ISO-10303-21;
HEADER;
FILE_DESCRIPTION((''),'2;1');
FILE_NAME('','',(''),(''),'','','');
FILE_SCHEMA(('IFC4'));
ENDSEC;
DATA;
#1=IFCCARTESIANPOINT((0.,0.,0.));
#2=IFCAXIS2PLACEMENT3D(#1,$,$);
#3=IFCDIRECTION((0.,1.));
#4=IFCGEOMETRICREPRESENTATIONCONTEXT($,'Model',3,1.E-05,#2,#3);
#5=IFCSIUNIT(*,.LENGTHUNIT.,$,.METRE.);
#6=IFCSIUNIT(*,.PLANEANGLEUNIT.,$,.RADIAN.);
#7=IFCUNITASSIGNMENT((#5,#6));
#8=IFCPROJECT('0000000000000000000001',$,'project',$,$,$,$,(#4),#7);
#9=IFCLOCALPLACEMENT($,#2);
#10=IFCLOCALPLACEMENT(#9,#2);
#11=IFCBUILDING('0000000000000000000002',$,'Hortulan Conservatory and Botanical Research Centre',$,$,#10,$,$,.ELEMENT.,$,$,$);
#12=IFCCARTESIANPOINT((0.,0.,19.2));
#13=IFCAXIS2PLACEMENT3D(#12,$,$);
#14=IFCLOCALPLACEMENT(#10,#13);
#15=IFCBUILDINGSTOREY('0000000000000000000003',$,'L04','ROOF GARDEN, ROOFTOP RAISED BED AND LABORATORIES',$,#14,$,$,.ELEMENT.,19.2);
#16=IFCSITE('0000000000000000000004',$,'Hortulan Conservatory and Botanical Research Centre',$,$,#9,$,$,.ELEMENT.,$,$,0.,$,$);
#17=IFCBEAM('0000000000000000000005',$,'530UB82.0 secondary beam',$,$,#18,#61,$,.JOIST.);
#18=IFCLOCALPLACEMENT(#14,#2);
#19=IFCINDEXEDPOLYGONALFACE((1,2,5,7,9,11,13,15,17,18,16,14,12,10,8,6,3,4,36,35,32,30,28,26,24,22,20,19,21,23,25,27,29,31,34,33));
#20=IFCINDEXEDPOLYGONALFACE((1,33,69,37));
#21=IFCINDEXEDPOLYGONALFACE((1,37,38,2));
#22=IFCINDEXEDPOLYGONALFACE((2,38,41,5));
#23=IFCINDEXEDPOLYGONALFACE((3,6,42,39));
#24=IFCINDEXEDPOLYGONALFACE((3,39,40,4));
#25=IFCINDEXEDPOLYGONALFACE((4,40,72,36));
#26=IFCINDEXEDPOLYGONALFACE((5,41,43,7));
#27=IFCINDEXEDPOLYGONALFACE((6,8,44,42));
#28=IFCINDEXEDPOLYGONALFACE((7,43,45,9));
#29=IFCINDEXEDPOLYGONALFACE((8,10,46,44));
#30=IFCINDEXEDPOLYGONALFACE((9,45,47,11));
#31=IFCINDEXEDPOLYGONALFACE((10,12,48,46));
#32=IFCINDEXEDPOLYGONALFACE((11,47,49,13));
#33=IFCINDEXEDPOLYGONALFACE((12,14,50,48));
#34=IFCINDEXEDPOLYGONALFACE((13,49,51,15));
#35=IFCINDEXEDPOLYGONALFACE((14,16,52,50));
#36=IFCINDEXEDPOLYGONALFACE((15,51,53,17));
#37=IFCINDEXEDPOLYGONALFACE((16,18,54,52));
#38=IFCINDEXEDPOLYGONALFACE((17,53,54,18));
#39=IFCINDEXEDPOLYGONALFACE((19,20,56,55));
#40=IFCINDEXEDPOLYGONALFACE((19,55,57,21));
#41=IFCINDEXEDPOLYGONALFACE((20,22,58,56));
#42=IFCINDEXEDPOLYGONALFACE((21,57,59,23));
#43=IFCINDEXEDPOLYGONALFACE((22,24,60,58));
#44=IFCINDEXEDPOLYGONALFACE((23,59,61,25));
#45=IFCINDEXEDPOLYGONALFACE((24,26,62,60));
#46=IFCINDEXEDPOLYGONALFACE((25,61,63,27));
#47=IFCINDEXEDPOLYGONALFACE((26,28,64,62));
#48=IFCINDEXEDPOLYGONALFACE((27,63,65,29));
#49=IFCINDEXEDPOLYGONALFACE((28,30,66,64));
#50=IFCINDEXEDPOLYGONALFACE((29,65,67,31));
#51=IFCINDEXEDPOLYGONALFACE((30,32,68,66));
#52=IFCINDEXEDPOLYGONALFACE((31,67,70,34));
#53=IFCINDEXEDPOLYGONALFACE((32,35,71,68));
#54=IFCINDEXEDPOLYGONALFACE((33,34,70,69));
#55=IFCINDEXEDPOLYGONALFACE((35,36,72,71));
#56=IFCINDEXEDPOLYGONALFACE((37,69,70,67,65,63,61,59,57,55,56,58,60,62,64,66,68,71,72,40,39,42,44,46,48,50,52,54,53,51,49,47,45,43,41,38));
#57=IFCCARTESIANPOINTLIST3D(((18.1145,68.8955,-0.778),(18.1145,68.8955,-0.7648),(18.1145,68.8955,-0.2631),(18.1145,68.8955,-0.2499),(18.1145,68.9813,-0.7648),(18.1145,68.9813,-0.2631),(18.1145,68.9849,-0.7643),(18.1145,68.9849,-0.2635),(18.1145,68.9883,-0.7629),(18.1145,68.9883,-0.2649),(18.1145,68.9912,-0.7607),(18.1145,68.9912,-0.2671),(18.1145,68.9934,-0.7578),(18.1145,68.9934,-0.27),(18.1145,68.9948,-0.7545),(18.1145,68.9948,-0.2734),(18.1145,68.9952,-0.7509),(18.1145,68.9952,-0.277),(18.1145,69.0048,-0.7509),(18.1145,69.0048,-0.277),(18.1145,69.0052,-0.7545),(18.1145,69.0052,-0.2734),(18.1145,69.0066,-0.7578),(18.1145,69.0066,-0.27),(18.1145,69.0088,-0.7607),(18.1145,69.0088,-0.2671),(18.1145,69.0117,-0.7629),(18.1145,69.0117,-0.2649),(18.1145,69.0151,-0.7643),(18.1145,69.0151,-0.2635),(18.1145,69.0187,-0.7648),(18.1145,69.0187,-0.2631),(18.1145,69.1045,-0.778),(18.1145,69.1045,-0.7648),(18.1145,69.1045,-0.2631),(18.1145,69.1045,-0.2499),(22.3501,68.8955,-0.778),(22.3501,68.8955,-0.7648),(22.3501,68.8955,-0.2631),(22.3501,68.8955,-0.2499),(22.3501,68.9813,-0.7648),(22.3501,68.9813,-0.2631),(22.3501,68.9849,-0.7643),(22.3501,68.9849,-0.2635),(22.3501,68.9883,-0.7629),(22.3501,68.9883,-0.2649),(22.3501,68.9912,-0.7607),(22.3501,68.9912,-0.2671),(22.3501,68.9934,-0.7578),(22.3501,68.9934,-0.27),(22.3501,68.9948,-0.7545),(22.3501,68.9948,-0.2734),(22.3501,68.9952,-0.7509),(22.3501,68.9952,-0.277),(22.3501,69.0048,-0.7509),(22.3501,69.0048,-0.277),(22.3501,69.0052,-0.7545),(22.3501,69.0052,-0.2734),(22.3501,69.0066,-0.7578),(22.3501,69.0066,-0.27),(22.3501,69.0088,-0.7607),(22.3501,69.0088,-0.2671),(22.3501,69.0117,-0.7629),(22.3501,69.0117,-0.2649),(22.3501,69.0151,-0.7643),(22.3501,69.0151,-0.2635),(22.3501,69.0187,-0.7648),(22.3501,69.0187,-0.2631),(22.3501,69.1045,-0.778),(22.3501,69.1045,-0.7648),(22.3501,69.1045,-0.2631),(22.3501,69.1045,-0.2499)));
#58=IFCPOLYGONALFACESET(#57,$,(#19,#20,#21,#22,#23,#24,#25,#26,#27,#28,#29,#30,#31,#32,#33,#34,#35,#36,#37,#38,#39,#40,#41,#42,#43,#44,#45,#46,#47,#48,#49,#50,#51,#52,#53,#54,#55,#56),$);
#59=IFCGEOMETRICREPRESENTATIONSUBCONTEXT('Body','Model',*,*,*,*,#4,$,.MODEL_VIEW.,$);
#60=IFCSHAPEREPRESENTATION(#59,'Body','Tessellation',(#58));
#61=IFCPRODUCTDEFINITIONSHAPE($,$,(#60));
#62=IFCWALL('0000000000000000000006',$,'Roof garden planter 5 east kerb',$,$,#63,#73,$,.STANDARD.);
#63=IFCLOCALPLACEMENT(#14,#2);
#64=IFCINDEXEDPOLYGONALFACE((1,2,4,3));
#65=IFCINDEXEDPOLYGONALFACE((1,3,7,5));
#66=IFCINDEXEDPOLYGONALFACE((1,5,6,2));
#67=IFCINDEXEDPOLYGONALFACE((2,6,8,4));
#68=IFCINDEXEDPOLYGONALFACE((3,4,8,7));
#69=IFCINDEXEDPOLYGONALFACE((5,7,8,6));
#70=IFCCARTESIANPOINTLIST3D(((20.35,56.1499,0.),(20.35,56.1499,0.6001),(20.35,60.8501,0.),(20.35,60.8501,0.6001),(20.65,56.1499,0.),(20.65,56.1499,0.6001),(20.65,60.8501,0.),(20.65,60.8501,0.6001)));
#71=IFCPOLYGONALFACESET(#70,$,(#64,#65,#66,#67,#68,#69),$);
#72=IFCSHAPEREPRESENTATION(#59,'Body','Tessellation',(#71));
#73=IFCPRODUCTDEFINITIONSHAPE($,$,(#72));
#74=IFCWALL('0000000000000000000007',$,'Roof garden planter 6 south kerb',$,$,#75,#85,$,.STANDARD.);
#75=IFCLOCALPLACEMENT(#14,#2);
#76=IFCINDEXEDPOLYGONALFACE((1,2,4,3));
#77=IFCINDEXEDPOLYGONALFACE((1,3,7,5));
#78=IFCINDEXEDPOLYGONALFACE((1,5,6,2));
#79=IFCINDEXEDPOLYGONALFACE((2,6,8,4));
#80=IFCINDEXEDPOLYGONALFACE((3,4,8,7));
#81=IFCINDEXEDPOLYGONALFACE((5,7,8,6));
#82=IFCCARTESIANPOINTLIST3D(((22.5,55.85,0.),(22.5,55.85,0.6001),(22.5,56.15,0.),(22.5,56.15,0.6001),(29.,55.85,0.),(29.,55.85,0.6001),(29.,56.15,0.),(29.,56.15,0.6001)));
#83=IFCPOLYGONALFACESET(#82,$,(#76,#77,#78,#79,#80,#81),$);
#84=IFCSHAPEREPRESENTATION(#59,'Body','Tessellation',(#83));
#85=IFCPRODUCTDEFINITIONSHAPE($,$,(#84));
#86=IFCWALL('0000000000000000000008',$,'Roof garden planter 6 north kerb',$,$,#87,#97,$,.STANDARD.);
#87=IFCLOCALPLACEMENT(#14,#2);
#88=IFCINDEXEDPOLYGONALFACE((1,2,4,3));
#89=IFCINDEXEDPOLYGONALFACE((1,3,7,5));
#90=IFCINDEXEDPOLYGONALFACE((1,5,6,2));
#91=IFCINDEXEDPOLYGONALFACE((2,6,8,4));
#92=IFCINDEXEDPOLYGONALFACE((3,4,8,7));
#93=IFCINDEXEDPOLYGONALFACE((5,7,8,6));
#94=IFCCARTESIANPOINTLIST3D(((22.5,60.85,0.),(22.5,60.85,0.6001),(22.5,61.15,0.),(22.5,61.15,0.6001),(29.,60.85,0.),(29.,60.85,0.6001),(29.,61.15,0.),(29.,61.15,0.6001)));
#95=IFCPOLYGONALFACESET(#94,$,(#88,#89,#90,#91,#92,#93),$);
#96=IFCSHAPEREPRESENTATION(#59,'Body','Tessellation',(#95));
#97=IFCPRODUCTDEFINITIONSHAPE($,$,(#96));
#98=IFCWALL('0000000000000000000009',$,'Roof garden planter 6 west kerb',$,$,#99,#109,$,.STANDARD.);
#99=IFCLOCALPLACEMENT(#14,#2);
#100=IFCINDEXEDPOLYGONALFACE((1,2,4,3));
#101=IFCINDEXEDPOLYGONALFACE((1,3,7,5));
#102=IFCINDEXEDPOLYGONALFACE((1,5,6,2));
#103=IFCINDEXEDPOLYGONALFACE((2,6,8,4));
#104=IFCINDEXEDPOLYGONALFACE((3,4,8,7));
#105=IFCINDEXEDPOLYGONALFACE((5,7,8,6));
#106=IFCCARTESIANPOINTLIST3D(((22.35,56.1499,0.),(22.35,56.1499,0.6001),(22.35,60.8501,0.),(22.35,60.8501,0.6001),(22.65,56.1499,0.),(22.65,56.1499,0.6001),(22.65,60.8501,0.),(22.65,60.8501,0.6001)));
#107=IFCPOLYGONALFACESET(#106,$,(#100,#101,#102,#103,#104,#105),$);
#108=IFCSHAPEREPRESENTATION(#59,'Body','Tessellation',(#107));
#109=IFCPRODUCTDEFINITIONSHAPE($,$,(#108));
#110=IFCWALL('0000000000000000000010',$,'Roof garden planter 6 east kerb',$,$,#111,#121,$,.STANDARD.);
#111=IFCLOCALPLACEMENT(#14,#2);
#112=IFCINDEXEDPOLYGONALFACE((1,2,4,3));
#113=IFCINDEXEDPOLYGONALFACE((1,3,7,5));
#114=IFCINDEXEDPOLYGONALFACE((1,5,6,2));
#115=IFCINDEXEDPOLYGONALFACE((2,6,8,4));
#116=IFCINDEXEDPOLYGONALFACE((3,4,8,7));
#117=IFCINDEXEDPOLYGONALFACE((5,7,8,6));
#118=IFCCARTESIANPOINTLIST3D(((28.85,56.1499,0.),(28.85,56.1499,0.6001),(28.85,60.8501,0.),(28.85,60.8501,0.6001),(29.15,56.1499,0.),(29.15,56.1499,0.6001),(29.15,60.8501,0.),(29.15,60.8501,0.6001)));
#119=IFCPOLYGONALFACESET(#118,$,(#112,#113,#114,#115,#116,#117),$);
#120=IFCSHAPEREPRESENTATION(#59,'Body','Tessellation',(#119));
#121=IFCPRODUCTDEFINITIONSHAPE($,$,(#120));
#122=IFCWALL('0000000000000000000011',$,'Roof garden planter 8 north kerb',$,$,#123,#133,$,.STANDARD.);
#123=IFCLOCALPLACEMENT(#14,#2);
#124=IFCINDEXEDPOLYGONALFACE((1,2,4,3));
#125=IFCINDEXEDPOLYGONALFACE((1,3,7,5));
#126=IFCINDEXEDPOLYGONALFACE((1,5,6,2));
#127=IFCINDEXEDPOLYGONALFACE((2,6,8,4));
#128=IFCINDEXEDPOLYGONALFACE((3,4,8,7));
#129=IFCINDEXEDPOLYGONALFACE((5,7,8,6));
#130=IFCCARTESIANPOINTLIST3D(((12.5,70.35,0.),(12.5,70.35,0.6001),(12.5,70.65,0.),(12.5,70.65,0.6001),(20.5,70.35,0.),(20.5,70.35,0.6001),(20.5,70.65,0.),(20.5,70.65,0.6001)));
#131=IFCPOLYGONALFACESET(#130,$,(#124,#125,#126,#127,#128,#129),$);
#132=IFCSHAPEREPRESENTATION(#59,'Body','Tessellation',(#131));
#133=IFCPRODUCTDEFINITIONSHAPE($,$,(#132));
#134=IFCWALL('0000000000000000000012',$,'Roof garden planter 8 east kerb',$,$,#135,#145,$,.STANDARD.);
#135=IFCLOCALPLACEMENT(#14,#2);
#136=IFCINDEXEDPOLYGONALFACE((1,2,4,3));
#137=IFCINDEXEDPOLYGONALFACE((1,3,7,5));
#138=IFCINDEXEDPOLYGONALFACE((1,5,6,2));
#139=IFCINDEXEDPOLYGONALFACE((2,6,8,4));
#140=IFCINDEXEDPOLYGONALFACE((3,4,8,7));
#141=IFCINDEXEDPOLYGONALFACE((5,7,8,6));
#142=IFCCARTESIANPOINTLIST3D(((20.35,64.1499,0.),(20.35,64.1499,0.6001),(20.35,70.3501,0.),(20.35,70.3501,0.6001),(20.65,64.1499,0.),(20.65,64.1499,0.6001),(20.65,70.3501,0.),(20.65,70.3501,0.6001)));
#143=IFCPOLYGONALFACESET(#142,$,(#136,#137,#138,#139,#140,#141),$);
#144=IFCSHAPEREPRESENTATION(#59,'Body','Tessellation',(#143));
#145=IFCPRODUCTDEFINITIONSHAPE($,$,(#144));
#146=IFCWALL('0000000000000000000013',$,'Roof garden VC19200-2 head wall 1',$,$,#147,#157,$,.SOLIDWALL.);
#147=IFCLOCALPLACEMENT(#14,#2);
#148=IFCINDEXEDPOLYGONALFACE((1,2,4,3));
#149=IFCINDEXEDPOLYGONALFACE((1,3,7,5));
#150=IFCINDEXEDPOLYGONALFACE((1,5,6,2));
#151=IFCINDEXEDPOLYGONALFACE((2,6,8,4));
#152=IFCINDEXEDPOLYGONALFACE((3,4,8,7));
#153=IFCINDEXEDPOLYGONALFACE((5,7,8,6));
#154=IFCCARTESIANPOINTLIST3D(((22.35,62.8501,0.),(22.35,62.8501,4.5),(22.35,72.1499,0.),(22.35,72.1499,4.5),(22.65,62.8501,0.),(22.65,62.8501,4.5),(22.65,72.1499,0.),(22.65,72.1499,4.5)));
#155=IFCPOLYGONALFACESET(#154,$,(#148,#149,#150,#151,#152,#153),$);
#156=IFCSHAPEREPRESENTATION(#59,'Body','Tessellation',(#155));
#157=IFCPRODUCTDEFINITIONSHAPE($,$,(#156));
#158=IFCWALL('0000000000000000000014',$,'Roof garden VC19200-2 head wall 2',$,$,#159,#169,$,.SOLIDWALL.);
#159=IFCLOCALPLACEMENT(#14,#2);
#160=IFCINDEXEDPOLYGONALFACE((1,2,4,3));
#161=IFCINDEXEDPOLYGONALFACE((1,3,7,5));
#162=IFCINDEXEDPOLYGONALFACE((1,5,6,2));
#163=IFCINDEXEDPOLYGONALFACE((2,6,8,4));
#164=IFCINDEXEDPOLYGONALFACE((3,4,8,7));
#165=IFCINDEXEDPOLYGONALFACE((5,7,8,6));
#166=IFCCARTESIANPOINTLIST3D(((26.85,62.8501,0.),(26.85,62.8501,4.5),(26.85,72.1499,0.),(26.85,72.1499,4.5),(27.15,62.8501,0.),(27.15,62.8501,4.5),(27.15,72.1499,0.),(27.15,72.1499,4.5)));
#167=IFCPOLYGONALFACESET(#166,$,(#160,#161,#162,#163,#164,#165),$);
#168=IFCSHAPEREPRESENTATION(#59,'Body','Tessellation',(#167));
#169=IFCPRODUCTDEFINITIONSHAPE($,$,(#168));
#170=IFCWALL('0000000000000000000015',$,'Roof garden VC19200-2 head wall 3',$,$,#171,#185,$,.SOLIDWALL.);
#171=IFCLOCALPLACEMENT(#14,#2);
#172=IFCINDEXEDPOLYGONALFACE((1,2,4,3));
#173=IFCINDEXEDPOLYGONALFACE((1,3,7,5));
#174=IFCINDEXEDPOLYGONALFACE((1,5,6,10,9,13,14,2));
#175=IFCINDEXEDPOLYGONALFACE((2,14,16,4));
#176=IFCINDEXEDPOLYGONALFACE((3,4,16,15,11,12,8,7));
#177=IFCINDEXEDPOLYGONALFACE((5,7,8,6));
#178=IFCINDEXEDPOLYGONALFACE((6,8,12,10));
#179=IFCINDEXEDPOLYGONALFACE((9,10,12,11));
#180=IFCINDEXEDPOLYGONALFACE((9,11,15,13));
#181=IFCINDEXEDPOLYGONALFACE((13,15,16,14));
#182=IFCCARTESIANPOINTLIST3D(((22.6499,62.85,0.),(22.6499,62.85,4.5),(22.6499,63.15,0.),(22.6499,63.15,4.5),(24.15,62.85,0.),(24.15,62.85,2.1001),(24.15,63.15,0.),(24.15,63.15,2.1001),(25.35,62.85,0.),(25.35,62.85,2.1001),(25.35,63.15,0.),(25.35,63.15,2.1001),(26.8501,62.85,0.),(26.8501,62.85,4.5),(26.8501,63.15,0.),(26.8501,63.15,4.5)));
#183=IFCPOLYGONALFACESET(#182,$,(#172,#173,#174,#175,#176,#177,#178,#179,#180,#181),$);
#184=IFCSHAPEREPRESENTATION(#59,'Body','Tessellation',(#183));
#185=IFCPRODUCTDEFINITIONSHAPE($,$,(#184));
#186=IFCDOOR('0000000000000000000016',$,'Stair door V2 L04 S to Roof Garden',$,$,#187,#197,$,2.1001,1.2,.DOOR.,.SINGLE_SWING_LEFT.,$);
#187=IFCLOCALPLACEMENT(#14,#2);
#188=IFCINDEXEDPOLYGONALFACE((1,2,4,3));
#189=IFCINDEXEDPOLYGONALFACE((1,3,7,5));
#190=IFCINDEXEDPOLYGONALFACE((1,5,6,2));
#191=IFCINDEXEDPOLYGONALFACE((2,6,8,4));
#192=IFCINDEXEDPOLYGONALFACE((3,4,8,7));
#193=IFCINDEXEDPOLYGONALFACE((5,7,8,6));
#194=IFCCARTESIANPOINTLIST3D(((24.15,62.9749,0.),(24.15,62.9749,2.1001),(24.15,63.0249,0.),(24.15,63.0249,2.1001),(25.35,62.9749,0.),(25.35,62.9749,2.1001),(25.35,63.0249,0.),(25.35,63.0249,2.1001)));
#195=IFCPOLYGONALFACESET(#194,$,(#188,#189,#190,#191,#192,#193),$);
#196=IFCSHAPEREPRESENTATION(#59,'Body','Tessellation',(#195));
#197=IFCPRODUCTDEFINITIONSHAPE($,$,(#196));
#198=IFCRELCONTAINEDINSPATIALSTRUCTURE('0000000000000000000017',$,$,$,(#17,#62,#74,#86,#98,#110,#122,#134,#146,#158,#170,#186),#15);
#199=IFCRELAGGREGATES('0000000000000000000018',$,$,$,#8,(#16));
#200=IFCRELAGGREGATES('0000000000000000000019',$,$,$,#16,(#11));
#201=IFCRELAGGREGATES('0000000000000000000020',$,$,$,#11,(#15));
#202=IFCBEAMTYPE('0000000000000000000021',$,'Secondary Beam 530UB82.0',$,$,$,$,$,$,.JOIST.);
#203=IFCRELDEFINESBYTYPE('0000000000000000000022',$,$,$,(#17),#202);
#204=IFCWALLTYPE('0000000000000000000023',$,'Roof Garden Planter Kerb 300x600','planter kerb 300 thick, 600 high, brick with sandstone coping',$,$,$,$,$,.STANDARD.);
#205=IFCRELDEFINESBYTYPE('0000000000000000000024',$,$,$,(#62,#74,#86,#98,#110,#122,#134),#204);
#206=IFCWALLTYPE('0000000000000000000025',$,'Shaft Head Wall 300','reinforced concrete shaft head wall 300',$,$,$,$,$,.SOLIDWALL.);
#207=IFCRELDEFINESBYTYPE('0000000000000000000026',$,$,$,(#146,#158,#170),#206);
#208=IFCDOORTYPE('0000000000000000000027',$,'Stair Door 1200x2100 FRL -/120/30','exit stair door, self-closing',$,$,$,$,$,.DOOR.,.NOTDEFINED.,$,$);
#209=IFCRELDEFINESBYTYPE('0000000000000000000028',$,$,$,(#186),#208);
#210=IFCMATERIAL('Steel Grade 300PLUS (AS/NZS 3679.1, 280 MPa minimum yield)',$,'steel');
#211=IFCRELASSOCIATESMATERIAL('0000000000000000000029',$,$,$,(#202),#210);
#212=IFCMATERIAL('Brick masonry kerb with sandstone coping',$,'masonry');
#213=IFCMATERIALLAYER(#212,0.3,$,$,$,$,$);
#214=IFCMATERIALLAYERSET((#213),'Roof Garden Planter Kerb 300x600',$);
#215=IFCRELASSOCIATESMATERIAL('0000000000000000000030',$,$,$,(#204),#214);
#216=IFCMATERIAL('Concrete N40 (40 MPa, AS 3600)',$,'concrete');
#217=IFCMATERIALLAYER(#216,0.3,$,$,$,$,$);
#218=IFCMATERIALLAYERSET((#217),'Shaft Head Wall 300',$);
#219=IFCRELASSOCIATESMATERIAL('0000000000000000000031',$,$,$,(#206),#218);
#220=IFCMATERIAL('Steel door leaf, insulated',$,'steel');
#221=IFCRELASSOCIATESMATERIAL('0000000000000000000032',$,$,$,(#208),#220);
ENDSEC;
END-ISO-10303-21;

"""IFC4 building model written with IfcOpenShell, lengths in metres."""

from ifc_helpers import new_model, si_unit, direction, frame, frame_2d, origin, origin_2d, place, context, subcontext, project, spatial, rectangle, i_section, extrude, material, layer, layer_set, material_profile, profile_set, type_object, element, fill, save


model = new_model("IFC4")

# Units and contexts
model_context = context("Model", 3, precision=1e-05, world=origin(), true_north=direction((0.0, 1.0)))
body_context = subcontext(model_context, "Body", "Model", "MODEL_VIEW")
ifc_project = project(units=[si_unit("LENGTHUNIT", "METRE"), si_unit("PLANEANGLEUNIT", "RADIAN")], contexts=[model_context])

# Site, building, storey
site_placement = place(None, origin())
site = spatial("IfcSite", under=ifc_project, at=site_placement, Name="Hortulan Conservatory and Botanical Research Centre", CompositionType="ELEMENT", RefElevation=0.0)
building_placement = place(site_placement, origin())
building = spatial("IfcBuilding", under=site, at=building_placement, Name="Hortulan Conservatory and Botanical Research Centre", CompositionType="ELEMENT")
storey_placement = place(building_placement, frame((0.0, 0.0, 19.2)))
storey = spatial("IfcBuildingStorey", under=building, at=storey_placement, Name="L04", Description="ROOF GARDEN, ROOFTOP RAISED BED AND LABORATORIES", CompositionType="ELEMENT", Elevation=19.2)

# Beam
ifc_material_1 = material(Name="Steel Grade 300PLUS (AS/NZS 3679.1, 280 MPa minimum yield)", Category="steel")
ifc_material_profile_1 = material_profile(ifc_material_1, i_section(OverallWidth=0.209, OverallDepth=0.5281, WebThickness=0.0095, FlangeThickness=0.0132, FilletRadius=0.0139, at=origin_2d()), Name="530UB82.0")
ifc_profile_set_1 = profile_set([ifc_material_profile_1], Name="Steel Grade 300PLUS (AS/NZS 3679.1, 280 MPa minimum yield)")
beam_type_1 = type_object("IfcBeamType", Name="Secondary Beam 530UB82.0", PredefinedType="JOIST", material=ifc_profile_set_1)
for number, where, z_axis, x_axis, name in (
    (1, (18.1145, 69.0, -0.5139), (1.0, 0.0, 0.0), (0.0, 1.0, 0.0), "530UB82.0 secondary beam"),
):
    element("IfcBeam", number, at=place(storey_placement, frame(where, z_axis=z_axis, x_axis=x_axis)), inside=storey, type_object=beam_type_1, Name=name, PredefinedType="JOIST", context=body_context, shape_type="SweptSolid", body=[
        extrude(i_section(OverallWidth=0.209, OverallDepth=0.5281, WebThickness=0.0095, FlangeThickness=0.0132, FilletRadius=0.0139, at=origin_2d()), origin(), (0.0, 0.0, 1.0), 4.2356),
    ])

# Walls
ifc_material_2 = material(Name="Brick masonry kerb with sandstone coping", Category="masonry")
ifc_layer_1 = layer(ifc_material_2, 0.3)
ifc_layer_set_1 = layer_set([ifc_layer_1], Name="Roof Garden Planter Kerb 300x600")
wall_type_1 = type_object("IfcWallType", Name="Roof Garden Planter Kerb 300x600", Description="planter kerb 300 thick, 600 high, brick with sandstone coping", PredefinedType="STANDARD", material=ifc_layer_set_1)
wall_1_placement = place(storey_placement, frame((20.5, 56.1499, 0.0), z_axis=(0.0, 0.0, 1.0), x_axis=(0.0, 1.0, 0.0)))
element("IfcWall", 2, at=wall_1_placement, inside=storey, type_object=wall_type_1, Name="Roof garden planter 5 east kerb", PredefinedType="STANDARD", context=body_context, shape_type="SweptSolid", body=[
    extrude(rectangle(XDim=4.7002, YDim=0.3, at=frame_2d((2.3501, 0.0))), origin(), (0.0, 0.0, 1.0), 0.6001),
])
for number, where, z_axis, x_axis, name in (
    (3, (22.5, 56.0, 0.0), (0.0, 0.0, 1.0), (1.0, 0.0, 0.0), "Roof garden planter 6 south kerb"),
    (4, (22.5, 61.0, 0.0), (0.0, 0.0, 1.0), (1.0, 0.0, 0.0), "Roof garden planter 6 north kerb"),
):
    element("IfcWall", number, at=place(storey_placement, frame(where, z_axis=z_axis, x_axis=x_axis)), inside=storey, type_object=wall_type_1, Name=name, PredefinedType="STANDARD", context=body_context, shape_type="SweptSolid", body=[
        extrude(rectangle(XDim=6.5, YDim=0.3, at=frame_2d((3.25, 0.0))), origin(), (0.0, 0.0, 1.0), 0.6001),
    ])
for number, where, z_axis, x_axis, name in (
    (5, (22.5, 56.1499, 0.0), (0.0, 0.0, 1.0), (0.0, 1.0, 0.0), "Roof garden planter 6 west kerb"),
    (6, (29.0, 56.1499, 0.0), (0.0, 0.0, 1.0), (0.0, 1.0, 0.0), "Roof garden planter 6 east kerb"),
):
    element("IfcWall", number, at=place(storey_placement, frame(where, z_axis=z_axis, x_axis=x_axis)), inside=storey, type_object=wall_type_1, Name=name, PredefinedType="STANDARD", context=body_context, shape_type="SweptSolid", body=[
        extrude(rectangle(XDim=4.7002, YDim=0.3, at=frame_2d((2.3501, 0.0))), origin(), (0.0, 0.0, 1.0), 0.6001),
    ])
wall_2_placement = place(storey_placement, frame((12.5, 70.5, 0.0), z_axis=(0.0, 0.0, 1.0), x_axis=(1.0, 0.0, 0.0)))
element("IfcWall", 7, at=wall_2_placement, inside=storey, type_object=wall_type_1, Name="Roof garden planter 8 north kerb", PredefinedType="STANDARD", context=body_context, shape_type="SweptSolid", body=[
    extrude(rectangle(XDim=8.0, YDim=0.3, at=frame_2d((4.0, 0.0))), origin(), (0.0, 0.0, 1.0), 0.6001),
])
wall_3_placement = place(storey_placement, frame((20.5, 64.1499, 0.0), z_axis=(0.0, 0.0, 1.0), x_axis=(0.0, 1.0, 0.0)))
element("IfcWall", 8, at=wall_3_placement, inside=storey, type_object=wall_type_1, Name="Roof garden planter 8 east kerb", PredefinedType="STANDARD", context=body_context, shape_type="SweptSolid", body=[
    extrude(rectangle(XDim=6.2002, YDim=0.3, at=frame_2d((3.1001, 0.0))), origin(), (0.0, 0.0, 1.0), 0.6001),
])
ifc_material_3 = material(Name="Concrete N40 (40 MPa, AS 3600)", Category="concrete")
ifc_layer_2 = layer(ifc_material_3, 0.3)
ifc_layer_set_2 = layer_set([ifc_layer_2], Name="Shaft Head Wall 300")
wall_type_2 = type_object("IfcWallType", Name="Shaft Head Wall 300", Description="reinforced concrete shaft head wall 300", PredefinedType="SOLIDWALL", material=ifc_layer_set_2)
for number, where, z_axis, x_axis, name in (
    (9, (22.5, 62.8501, 0.0), (0.0, 0.0, 1.0), (0.0, 1.0, 0.0), "Roof garden VC19200-2 head wall 1"),
    (10, (27.0, 62.8501, 0.0), (0.0, 0.0, 1.0), (0.0, 1.0, 0.0), "Roof garden VC19200-2 head wall 2"),
):
    element("IfcWall", number, at=place(storey_placement, frame(where, z_axis=z_axis, x_axis=x_axis)), inside=storey, type_object=wall_type_2, Name=name, PredefinedType="SOLIDWALL", context=body_context, shape_type="SweptSolid", body=[
        extrude(rectangle(XDim=9.2998, YDim=0.3, at=frame_2d((4.6499, 0.0))), origin(), (0.0, 0.0, 1.0), 4.5),
    ])

# Wall, opening, door
wall_4_placement = place(storey_placement, frame((22.6499, 63.0, 0.0), z_axis=(0.0, 0.0, 1.0), x_axis=(1.0, 0.0, 0.0)))
wall_4 = element("IfcWall", 11, at=wall_4_placement, inside=storey, type_object=wall_type_2, Name="Roof garden VC19200-2 head wall 3", PredefinedType="SOLIDWALL", context=body_context, shape_type="SweptSolid", body=[
    extrude(rectangle(XDim=4.2002, YDim=0.3, at=frame_2d((2.1001, 0.0))), origin(), (0.0, 0.0, 1.0), 4.5),
])
opening_placement = place(wall_4_placement, frame((1.5, 0.0, 0.0)))
opening = element("IfcOpeningElement", 12, at=opening_placement, cuts=wall_4, PredefinedType="OPENING", context=body_context, shape_type="SweptSolid", body=[
    extrude(rectangle(XDim=1.2, YDim=2.1001, at=frame_2d((0.6001, 1.05))), frame((0.0, 0.1599, 0.0), z_axis=(0.0, -1.0, 0.0), x_axis=(1.0, 0.0, 0.0)), (0.0, 0.0, 1.0), 0.3201),
])
ifc_material_4 = material(Name="Steel door leaf, insulated", Category="steel")
door_type = type_object("IfcDoorType", Name="Stair Door 1200x2100 FRL -/120/30", Description="exit stair door, self-closing", OperationType="NOTDEFINED", PredefinedType="DOOR", material=ifc_material_4)
door_placement = place(opening_placement, origin())
door = element("IfcDoor", 13, at=door_placement, inside=storey, type_object=door_type, Name="Stair door V2 L04 S to Roof Garden", OperationType="SINGLE_SWING_LEFT", OverallHeight=2.1001, OverallWidth=1.2, PredefinedType="DOOR", context=body_context, shape_type="SweptSolid", body=[
    extrude(rectangle(XDim=1.2, YDim=2.1001, at=frame_2d((0.6001, 1.05))), frame((0.0, 0.0249, 0.0), z_axis=(0.0, -1.0, 0.0), x_axis=(1.0, 0.0, 0.0)), (0.0, 0.0, 1.0), 0.05),
])
fill(opening, door)

save(model, "model.ifc")
